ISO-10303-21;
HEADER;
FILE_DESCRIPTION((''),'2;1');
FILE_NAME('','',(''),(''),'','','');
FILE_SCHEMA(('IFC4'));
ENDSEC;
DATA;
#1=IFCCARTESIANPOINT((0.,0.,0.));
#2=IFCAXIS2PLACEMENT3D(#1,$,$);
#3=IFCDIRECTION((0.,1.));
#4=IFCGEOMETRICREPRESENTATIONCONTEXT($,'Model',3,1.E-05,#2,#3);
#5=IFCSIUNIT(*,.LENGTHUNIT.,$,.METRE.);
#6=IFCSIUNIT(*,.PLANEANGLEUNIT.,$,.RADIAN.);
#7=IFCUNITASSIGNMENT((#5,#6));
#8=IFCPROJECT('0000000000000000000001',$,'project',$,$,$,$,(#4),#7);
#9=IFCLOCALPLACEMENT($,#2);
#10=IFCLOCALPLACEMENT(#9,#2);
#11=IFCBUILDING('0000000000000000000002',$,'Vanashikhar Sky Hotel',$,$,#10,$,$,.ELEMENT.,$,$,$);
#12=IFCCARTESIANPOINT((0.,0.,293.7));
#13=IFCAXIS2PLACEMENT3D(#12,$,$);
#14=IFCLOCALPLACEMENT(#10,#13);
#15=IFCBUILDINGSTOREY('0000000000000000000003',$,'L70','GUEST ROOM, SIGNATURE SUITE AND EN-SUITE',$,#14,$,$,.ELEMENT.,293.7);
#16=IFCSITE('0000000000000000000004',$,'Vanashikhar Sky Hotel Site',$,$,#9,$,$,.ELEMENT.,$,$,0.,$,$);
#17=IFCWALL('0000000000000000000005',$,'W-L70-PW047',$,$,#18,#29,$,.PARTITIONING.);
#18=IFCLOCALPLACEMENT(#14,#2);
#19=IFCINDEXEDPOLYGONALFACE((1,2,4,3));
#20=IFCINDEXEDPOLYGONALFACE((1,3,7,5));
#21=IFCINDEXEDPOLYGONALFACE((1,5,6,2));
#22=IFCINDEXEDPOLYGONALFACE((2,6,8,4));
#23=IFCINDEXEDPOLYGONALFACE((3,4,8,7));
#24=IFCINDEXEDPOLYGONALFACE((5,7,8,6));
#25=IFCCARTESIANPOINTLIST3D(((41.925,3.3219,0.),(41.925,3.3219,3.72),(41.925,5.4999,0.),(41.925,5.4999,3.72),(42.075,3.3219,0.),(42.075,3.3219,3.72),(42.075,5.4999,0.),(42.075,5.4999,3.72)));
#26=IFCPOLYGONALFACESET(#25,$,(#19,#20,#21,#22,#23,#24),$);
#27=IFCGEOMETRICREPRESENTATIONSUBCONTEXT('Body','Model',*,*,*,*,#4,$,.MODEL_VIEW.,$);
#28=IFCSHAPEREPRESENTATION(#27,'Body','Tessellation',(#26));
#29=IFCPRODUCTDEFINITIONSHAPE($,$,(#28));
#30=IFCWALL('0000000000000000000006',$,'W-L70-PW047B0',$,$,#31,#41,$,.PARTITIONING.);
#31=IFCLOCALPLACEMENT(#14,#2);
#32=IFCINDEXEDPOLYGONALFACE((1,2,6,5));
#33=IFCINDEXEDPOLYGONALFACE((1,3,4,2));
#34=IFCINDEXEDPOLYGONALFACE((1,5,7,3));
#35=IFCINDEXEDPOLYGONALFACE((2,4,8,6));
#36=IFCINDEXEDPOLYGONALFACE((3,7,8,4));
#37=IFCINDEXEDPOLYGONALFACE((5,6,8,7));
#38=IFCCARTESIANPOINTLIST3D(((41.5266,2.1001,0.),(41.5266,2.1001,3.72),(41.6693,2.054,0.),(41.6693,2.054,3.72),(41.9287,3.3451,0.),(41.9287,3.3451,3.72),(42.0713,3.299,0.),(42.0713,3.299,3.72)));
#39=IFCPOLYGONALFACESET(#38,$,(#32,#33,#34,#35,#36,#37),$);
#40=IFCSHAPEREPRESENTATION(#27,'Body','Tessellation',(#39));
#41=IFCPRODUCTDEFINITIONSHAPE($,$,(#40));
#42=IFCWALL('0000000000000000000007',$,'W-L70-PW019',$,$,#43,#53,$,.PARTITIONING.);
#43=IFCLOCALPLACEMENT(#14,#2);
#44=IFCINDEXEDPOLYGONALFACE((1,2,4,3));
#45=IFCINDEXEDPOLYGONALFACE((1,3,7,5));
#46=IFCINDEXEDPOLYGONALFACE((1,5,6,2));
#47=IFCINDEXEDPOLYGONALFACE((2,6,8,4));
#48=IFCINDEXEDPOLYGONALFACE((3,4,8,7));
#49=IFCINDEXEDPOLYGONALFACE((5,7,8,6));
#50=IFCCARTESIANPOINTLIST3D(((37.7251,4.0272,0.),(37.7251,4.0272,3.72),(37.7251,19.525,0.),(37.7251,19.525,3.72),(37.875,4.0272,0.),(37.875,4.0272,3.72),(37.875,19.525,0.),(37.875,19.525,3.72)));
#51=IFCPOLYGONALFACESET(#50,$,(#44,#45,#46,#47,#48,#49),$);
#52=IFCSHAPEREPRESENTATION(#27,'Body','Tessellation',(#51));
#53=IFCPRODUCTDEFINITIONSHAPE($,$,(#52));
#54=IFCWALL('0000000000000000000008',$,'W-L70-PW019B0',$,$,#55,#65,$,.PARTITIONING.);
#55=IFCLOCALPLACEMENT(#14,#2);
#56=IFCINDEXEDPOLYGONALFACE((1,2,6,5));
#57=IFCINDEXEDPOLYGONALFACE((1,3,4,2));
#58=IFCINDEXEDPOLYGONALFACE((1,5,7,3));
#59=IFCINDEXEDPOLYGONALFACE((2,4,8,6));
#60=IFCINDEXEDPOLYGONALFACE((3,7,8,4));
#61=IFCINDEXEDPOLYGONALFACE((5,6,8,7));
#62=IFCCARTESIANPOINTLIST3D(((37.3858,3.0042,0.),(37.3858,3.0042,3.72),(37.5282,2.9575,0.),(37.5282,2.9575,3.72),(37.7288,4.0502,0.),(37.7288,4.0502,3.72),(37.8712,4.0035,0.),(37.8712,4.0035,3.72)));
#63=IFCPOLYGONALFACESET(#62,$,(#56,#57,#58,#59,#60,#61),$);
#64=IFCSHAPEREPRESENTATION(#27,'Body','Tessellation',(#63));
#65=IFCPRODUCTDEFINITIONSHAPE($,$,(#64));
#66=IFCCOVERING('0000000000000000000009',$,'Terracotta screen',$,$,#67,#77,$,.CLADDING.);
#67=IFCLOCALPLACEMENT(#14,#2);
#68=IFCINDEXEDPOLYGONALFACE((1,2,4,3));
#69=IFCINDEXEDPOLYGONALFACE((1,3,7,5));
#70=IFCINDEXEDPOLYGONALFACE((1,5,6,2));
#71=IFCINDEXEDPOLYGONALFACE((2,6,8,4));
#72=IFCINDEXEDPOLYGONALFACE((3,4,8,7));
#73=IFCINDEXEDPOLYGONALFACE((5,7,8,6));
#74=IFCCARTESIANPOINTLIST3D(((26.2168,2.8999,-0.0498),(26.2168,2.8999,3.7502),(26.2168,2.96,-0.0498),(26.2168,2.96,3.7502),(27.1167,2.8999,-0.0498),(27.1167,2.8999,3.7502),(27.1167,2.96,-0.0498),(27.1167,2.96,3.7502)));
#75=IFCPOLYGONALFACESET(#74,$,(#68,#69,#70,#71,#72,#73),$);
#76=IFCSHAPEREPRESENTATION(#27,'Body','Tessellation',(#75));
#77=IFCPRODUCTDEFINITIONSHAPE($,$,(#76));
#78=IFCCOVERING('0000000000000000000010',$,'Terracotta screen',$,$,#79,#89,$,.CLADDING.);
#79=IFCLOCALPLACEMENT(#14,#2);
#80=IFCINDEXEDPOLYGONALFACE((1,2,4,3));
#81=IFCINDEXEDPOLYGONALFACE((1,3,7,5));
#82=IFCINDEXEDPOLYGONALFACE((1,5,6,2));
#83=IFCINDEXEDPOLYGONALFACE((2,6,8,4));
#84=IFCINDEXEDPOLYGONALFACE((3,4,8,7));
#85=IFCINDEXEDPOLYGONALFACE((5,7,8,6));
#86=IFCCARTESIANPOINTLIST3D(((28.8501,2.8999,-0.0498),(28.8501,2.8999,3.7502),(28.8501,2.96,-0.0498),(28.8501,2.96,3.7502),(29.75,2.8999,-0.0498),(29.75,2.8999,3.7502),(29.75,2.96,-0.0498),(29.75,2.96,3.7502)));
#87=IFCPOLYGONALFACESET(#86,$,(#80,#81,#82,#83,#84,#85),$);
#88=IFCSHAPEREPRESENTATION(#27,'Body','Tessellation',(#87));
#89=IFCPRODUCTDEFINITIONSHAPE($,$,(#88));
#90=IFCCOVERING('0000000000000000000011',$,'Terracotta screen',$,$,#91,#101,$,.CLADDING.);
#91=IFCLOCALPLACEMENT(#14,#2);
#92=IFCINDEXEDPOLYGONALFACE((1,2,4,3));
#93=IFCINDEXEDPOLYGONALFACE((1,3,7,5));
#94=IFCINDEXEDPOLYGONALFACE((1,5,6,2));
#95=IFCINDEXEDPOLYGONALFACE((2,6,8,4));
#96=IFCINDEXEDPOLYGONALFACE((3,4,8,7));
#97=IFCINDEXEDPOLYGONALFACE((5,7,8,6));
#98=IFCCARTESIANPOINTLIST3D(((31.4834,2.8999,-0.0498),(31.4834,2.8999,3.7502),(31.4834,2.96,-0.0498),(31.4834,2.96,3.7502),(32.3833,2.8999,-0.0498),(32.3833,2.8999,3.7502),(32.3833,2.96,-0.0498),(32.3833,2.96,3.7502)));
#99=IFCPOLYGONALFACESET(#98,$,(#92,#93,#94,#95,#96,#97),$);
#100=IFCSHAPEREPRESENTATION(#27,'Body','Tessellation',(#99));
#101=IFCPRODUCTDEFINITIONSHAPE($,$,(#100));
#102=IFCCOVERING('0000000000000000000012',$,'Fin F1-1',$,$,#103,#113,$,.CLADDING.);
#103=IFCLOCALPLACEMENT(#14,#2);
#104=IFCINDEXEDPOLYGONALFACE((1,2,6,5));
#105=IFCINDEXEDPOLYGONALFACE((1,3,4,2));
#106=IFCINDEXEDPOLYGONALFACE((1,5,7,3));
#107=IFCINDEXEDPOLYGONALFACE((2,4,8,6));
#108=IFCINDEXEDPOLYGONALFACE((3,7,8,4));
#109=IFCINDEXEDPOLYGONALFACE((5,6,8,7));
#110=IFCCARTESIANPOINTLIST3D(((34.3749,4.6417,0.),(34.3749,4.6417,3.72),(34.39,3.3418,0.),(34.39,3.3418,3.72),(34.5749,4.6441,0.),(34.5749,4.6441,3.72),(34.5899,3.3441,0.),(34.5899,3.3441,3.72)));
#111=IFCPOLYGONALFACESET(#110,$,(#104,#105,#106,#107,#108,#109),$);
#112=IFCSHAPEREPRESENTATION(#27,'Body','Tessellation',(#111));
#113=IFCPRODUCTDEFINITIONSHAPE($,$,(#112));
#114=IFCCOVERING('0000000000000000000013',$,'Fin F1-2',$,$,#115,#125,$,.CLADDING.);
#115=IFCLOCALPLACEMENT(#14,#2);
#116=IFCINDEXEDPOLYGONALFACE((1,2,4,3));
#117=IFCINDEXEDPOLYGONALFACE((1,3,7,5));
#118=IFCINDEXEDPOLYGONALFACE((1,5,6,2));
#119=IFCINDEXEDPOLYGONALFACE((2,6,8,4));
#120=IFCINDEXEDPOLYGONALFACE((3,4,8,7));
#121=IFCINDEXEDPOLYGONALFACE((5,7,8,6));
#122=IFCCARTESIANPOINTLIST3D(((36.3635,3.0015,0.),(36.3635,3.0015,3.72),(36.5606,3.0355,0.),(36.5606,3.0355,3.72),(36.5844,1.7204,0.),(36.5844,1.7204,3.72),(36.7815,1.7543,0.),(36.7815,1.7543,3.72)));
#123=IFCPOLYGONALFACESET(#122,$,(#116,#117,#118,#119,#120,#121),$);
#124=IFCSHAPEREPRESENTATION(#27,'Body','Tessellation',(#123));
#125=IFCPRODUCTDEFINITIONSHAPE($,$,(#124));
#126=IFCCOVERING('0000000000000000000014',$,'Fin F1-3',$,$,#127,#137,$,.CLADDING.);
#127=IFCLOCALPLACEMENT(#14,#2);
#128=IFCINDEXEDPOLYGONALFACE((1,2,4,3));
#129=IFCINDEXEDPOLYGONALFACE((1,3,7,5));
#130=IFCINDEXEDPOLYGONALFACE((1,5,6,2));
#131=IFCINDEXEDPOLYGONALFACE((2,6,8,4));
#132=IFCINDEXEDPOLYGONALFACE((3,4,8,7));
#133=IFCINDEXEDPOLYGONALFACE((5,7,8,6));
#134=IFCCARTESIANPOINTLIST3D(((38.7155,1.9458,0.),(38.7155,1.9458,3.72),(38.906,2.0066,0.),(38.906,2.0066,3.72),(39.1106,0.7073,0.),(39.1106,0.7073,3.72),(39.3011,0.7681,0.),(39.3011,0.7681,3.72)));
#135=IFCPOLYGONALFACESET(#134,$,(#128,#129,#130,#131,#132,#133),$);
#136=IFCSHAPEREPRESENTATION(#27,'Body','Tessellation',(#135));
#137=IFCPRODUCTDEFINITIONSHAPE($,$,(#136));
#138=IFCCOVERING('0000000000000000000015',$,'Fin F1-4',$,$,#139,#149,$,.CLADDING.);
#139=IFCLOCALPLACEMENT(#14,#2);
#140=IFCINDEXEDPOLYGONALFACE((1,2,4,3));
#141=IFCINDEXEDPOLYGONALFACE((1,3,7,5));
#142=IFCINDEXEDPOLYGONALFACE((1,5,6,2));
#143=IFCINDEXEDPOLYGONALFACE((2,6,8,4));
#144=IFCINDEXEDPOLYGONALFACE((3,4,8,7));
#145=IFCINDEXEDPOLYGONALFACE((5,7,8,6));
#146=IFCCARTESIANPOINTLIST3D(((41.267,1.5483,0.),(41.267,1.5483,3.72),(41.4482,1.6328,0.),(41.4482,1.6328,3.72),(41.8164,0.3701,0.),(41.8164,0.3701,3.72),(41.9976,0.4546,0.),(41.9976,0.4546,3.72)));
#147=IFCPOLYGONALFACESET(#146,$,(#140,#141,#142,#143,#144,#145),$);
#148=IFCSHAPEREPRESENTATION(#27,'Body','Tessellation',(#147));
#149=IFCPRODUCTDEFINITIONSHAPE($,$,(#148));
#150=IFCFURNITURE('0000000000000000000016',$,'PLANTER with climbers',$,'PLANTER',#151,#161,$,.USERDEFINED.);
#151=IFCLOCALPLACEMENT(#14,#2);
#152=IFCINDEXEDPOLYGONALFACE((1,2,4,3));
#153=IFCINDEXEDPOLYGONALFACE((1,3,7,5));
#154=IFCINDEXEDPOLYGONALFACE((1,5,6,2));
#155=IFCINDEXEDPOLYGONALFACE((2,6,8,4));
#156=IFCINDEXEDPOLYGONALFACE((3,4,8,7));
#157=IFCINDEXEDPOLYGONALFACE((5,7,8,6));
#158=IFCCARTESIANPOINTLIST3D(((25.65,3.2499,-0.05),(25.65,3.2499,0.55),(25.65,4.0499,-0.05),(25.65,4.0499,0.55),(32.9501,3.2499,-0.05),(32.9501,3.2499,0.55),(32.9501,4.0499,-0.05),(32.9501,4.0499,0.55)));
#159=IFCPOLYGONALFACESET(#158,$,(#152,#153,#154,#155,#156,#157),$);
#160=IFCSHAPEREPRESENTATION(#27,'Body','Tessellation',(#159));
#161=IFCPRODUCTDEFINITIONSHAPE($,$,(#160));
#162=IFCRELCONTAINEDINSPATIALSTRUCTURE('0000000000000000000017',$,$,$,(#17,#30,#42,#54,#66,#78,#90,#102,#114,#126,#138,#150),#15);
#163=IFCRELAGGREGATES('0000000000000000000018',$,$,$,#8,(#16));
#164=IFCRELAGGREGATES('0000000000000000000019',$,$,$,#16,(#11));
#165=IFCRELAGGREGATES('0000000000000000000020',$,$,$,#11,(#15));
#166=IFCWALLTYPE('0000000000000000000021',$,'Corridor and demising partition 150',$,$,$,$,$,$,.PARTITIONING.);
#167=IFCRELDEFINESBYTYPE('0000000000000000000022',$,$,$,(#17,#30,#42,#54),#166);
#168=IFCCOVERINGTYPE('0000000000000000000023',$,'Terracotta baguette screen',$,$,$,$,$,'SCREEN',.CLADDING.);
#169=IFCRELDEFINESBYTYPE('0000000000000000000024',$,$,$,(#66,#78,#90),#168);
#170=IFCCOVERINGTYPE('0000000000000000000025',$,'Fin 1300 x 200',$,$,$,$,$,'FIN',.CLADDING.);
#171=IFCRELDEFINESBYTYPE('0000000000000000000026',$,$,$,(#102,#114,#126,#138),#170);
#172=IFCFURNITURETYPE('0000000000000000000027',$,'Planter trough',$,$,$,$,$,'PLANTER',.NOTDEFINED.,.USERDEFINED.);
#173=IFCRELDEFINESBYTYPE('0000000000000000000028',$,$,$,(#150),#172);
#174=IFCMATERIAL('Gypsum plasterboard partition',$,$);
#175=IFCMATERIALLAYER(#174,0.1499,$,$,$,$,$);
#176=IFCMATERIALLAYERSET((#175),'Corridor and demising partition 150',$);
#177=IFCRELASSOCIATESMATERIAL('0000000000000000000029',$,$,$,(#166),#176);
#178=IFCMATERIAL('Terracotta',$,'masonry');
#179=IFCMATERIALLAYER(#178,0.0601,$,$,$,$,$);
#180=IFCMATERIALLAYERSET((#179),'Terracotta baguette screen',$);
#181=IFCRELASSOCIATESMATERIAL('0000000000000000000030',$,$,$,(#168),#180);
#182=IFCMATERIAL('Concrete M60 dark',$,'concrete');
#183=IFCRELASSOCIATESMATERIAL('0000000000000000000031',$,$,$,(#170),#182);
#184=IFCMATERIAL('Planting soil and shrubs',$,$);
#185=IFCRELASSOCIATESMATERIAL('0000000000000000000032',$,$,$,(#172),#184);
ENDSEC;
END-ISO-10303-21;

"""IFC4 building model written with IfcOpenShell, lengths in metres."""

from ifc_helpers import new_model, si_unit, direction, frame, frame_2d, origin, origin_2d, place, context, subcontext, project, spatial, rectangle, extrude, source, transform, mapped, material, layer, layer_set, material_profile, profile_set, type_object, element, save


model = new_model("IFC4")

# Units and contexts
model_context = context("Model", 3, precision=1e-05, world=origin(), true_north=direction((0.0, 1.0)))
body_context = subcontext(model_context, "Body", "Model", "MODEL_VIEW")
ifc_project = project(units=[si_unit("LENGTHUNIT", "METRE"), si_unit("PLANEANGLEUNIT", "RADIAN")], contexts=[model_context])

# Site, building, storey
site_placement = place(None, origin())
site = spatial("IfcSite", under=ifc_project, at=site_placement, Name="Vanashikhar Sky Hotel Site", CompositionType="ELEMENT", RefElevation=0.0)
building_placement = place(site_placement, origin())
building = spatial("IfcBuilding", under=site, at=building_placement, Name="Vanashikhar Sky Hotel", CompositionType="ELEMENT")
storey_placement = place(building_placement, frame((0.0, 0.0, 293.7)))
storey = spatial("IfcBuildingStorey", under=building, at=storey_placement, Name="L70", Description="GUEST ROOM, SIGNATURE SUITE AND EN-SUITE", CompositionType="ELEMENT", Elevation=293.7)

# Walls
ifc_material_1 = material(Name="Gypsum plasterboard partition")
ifc_layer_1 = layer(ifc_material_1, 0.1499)
ifc_layer_set_1 = layer_set([ifc_layer_1], Name="Corridor and demising partition 150")
wall_type_1 = type_object("IfcWallType", Name="Corridor and demising partition 150", PredefinedType="PARTITIONING", material=ifc_layer_set_1)
shared_shape_1 = source(origin(), body_context, "Body", "SweptSolid", [
    extrude(rectangle(XDim=2.178, YDim=0.1499, at=frame_2d((1.0889, 0.0))), origin(), (0.0, 0.0, 1.0), 3.72),
])
wall_1_placement = place(storey_placement, frame((42.0, 3.322, 0.0), z_axis=(0.0, 0.0, 1.0), x_axis=(0.0, 1.0, 0.0)))
element("IfcWall", 1, at=wall_1_placement, inside=storey, type_object=wall_type_1, Name="W-L70-PW047", PredefinedType="PARTITIONING", context=body_context, shape_type="MappedRepresentation", body=[
    mapped(shared_shape_1, transform((0.0, 0.0, 0.0), scale=1.0)),
])
shared_shape_2 = source(origin(), body_context, "Body", "SweptSolid", [
    extrude(rectangle(XDim=1.3083, YDim=0.1499, at=frame_2d((0.6543, 0.0))), origin(), (0.0, 0.0, 1.0), 3.72),
])
wall_2_placement = place(storey_placement, frame((41.5979, 2.0769, 0.0), z_axis=(0.0, 0.0, 1.0), x_axis=(0.307314, 0.951608, 0.0)))
element("IfcWall", 2, at=wall_2_placement, inside=storey, type_object=wall_type_1, Name="W-L70-PW047B0", PredefinedType="PARTITIONING", context=body_context, shape_type="MappedRepresentation", body=[
    mapped(shared_shape_2, transform((0.0, 0.0, 0.0), scale=1.0)),
])
shared_shape_3 = source(origin(), body_context, "Body", "SweptSolid", [
    extrude(rectangle(XDim=15.4978, YDim=0.1499, at=frame_2d((7.749, 0.0))), origin(), (0.0, 0.0, 1.0), 3.72),
])
wall_3_placement = place(storey_placement, frame((37.8, 4.0271, 0.0), z_axis=(0.0, 0.0, 1.0), x_axis=(0.0, 1.0, 0.0)))
element("IfcWall", 3, at=wall_3_placement, inside=storey, type_object=wall_type_1, Name="W-L70-PW019", PredefinedType="PARTITIONING", context=body_context, shape_type="MappedRepresentation", body=[
    mapped(shared_shape_3, transform((0.0, 0.0, 0.0), scale=1.0)),
])
shared_shape_4 = source(origin(), body_context, "Body", "SweptSolid", [
    extrude(rectangle(XDim=1.1008, YDim=0.1499, at=frame_2d((0.5503, 0.0))), origin(), (0.0, 0.0, 1.0), 3.72),
])
wall_4_placement = place(storey_placement, frame((37.457, 2.981, 0.0), z_axis=(0.0, 0.0, 1.0), x_axis=(0.311567, 0.950224, 0.0)))
element("IfcWall", 4, at=wall_4_placement, inside=storey, type_object=wall_type_1, Name="W-L70-PW019B0", PredefinedType="PARTITIONING", context=body_context, shape_type="MappedRepresentation", body=[
    mapped(shared_shape_4, transform((0.0, 0.0, 0.0), scale=1.0)),
])

# Coverings
ifc_material_2 = material(Name="Terracotta", Category="masonry")
ifc_layer_2 = layer(ifc_material_2, 0.0601)
ifc_layer_set_2 = layer_set([ifc_layer_2], Name="Terracotta baguette screen")
covering_type_1 = type_object("IfcCoveringType", Name="Terracotta baguette screen", ElementType="SCREEN", PredefinedType="CLADDING", material=ifc_layer_set_2)
shared_shape_5 = source(origin(), body_context, "Body", "SweptSolid", [
    extrude(rectangle(XDim=0.8999, YDim=0.0601, at=origin_2d()), origin(), (0.0, 0.0, 1.0), 3.8),
])
for number, where, z_axis, x_axis, name in (
    (5, (26.6667, 2.9299, -0.0498), (0.0, 0.0, 1.0), (1.0, 0.0, 0.0), "Terracotta screen"),
    (6, (29.3, 2.9299, -0.0498), (0.0, 0.0, 1.0), (1.0, 0.0, 0.0), "Terracotta screen"),
    (7, (31.9333, 2.9299, -0.0498), (0.0, 0.0, 1.0), (1.0, 0.0, 0.0), "Terracotta screen"),
):
    element("IfcCovering", number, at=place(storey_placement, frame(where, z_axis=z_axis, x_axis=x_axis)), inside=storey, type_object=covering_type_1, Name=name, PredefinedType="CLADDING", context=body_context, shape_type="MappedRepresentation", body=[
        mapped(shared_shape_5, transform((0.0, 0.0, 0.0), scale=1.0)),
    ])
ifc_material_3 = material(Name="Concrete M60 dark", Category="concrete")
ifc_material_profile = material_profile(ifc_material_3, rectangle(XDim=1.3, YDim=0.2, at=origin_2d()))
ifc_profile_set = profile_set([ifc_material_profile], Name="Fin 1300 x 200")
covering_type_2 = type_object("IfcCoveringType", Name="Fin 1300 x 200", ElementType="FIN", PredefinedType="CLADDING", material=ifc_profile_set)
shared_shape_6 = source(origin(), body_context, "Body", "SweptSolid", [
    extrude(rectangle(XDim=1.3, YDim=0.2, at=origin_2d()), origin(), (0.0, 0.0, 1.0), 3.72),
])
for number, where, z_axis, x_axis, name in (
    (8, (34.4824, 3.9929, 0.0), (0.0, 0.0, 1.0), (0.011589, -0.999933, 0.0), "Fin F1-1"),
    (9, (36.5725, 2.3779, 0.0), (0.0, 0.0, 1.0), (0.1699, -0.985461, 0.0), "Fin F1-2"),
    (10, (39.0083, 1.3569, 0.0), (0.0, 0.0, 1.0), (0.303967, -0.952683, 0.0), "Fin F1-3"),
    (11, (41.6323, 1.0015, 0.0), (0.0, 0.0, 1.0), (0.422618, -0.906308, 0.0), "Fin F1-4"),
):
    element("IfcCovering", number, at=place(storey_placement, frame(where, z_axis=z_axis, x_axis=x_axis)), inside=storey, type_object=covering_type_2, Name=name, PredefinedType="CLADDING", context=body_context, shape_type="MappedRepresentation", body=[
        mapped(shared_shape_6, transform((0.0, 0.0, 0.0), scale=1.0)),
    ])

# Furniture
ifc_material_4 = material(Name="Planting soil and shrubs")
furniture_type = type_object("IfcFurnitureType", Name="Planter trough", ElementType="PLANTER", AssemblyPlace="NOTDEFINED", PredefinedType="USERDEFINED", material=ifc_material_4)
shared_shape_7 = source(origin(), body_context, "Body", "SweptSolid", [
    extrude(rectangle(XDim=7.3, YDim=0.8, at=origin_2d()), origin(), (0.0, 0.0, 1.0), 0.6001),
])
furniture_placement = place(storey_placement, frame((29.3, 3.6499, -0.05), z_axis=(0.0, 0.0, 1.0), x_axis=(1.0, 0.0, 0.0)))
element("IfcFurniture", 12, at=furniture_placement, inside=storey, type_object=furniture_type, Name="PLANTER with climbers", ObjectType="PLANTER", PredefinedType="USERDEFINED", context=body_context, shape_type="MappedRepresentation", body=[
    mapped(shared_shape_7, transform((0.0, 0.0, 0.0), scale=1.0)),
])

save(model, "model.ifc")
